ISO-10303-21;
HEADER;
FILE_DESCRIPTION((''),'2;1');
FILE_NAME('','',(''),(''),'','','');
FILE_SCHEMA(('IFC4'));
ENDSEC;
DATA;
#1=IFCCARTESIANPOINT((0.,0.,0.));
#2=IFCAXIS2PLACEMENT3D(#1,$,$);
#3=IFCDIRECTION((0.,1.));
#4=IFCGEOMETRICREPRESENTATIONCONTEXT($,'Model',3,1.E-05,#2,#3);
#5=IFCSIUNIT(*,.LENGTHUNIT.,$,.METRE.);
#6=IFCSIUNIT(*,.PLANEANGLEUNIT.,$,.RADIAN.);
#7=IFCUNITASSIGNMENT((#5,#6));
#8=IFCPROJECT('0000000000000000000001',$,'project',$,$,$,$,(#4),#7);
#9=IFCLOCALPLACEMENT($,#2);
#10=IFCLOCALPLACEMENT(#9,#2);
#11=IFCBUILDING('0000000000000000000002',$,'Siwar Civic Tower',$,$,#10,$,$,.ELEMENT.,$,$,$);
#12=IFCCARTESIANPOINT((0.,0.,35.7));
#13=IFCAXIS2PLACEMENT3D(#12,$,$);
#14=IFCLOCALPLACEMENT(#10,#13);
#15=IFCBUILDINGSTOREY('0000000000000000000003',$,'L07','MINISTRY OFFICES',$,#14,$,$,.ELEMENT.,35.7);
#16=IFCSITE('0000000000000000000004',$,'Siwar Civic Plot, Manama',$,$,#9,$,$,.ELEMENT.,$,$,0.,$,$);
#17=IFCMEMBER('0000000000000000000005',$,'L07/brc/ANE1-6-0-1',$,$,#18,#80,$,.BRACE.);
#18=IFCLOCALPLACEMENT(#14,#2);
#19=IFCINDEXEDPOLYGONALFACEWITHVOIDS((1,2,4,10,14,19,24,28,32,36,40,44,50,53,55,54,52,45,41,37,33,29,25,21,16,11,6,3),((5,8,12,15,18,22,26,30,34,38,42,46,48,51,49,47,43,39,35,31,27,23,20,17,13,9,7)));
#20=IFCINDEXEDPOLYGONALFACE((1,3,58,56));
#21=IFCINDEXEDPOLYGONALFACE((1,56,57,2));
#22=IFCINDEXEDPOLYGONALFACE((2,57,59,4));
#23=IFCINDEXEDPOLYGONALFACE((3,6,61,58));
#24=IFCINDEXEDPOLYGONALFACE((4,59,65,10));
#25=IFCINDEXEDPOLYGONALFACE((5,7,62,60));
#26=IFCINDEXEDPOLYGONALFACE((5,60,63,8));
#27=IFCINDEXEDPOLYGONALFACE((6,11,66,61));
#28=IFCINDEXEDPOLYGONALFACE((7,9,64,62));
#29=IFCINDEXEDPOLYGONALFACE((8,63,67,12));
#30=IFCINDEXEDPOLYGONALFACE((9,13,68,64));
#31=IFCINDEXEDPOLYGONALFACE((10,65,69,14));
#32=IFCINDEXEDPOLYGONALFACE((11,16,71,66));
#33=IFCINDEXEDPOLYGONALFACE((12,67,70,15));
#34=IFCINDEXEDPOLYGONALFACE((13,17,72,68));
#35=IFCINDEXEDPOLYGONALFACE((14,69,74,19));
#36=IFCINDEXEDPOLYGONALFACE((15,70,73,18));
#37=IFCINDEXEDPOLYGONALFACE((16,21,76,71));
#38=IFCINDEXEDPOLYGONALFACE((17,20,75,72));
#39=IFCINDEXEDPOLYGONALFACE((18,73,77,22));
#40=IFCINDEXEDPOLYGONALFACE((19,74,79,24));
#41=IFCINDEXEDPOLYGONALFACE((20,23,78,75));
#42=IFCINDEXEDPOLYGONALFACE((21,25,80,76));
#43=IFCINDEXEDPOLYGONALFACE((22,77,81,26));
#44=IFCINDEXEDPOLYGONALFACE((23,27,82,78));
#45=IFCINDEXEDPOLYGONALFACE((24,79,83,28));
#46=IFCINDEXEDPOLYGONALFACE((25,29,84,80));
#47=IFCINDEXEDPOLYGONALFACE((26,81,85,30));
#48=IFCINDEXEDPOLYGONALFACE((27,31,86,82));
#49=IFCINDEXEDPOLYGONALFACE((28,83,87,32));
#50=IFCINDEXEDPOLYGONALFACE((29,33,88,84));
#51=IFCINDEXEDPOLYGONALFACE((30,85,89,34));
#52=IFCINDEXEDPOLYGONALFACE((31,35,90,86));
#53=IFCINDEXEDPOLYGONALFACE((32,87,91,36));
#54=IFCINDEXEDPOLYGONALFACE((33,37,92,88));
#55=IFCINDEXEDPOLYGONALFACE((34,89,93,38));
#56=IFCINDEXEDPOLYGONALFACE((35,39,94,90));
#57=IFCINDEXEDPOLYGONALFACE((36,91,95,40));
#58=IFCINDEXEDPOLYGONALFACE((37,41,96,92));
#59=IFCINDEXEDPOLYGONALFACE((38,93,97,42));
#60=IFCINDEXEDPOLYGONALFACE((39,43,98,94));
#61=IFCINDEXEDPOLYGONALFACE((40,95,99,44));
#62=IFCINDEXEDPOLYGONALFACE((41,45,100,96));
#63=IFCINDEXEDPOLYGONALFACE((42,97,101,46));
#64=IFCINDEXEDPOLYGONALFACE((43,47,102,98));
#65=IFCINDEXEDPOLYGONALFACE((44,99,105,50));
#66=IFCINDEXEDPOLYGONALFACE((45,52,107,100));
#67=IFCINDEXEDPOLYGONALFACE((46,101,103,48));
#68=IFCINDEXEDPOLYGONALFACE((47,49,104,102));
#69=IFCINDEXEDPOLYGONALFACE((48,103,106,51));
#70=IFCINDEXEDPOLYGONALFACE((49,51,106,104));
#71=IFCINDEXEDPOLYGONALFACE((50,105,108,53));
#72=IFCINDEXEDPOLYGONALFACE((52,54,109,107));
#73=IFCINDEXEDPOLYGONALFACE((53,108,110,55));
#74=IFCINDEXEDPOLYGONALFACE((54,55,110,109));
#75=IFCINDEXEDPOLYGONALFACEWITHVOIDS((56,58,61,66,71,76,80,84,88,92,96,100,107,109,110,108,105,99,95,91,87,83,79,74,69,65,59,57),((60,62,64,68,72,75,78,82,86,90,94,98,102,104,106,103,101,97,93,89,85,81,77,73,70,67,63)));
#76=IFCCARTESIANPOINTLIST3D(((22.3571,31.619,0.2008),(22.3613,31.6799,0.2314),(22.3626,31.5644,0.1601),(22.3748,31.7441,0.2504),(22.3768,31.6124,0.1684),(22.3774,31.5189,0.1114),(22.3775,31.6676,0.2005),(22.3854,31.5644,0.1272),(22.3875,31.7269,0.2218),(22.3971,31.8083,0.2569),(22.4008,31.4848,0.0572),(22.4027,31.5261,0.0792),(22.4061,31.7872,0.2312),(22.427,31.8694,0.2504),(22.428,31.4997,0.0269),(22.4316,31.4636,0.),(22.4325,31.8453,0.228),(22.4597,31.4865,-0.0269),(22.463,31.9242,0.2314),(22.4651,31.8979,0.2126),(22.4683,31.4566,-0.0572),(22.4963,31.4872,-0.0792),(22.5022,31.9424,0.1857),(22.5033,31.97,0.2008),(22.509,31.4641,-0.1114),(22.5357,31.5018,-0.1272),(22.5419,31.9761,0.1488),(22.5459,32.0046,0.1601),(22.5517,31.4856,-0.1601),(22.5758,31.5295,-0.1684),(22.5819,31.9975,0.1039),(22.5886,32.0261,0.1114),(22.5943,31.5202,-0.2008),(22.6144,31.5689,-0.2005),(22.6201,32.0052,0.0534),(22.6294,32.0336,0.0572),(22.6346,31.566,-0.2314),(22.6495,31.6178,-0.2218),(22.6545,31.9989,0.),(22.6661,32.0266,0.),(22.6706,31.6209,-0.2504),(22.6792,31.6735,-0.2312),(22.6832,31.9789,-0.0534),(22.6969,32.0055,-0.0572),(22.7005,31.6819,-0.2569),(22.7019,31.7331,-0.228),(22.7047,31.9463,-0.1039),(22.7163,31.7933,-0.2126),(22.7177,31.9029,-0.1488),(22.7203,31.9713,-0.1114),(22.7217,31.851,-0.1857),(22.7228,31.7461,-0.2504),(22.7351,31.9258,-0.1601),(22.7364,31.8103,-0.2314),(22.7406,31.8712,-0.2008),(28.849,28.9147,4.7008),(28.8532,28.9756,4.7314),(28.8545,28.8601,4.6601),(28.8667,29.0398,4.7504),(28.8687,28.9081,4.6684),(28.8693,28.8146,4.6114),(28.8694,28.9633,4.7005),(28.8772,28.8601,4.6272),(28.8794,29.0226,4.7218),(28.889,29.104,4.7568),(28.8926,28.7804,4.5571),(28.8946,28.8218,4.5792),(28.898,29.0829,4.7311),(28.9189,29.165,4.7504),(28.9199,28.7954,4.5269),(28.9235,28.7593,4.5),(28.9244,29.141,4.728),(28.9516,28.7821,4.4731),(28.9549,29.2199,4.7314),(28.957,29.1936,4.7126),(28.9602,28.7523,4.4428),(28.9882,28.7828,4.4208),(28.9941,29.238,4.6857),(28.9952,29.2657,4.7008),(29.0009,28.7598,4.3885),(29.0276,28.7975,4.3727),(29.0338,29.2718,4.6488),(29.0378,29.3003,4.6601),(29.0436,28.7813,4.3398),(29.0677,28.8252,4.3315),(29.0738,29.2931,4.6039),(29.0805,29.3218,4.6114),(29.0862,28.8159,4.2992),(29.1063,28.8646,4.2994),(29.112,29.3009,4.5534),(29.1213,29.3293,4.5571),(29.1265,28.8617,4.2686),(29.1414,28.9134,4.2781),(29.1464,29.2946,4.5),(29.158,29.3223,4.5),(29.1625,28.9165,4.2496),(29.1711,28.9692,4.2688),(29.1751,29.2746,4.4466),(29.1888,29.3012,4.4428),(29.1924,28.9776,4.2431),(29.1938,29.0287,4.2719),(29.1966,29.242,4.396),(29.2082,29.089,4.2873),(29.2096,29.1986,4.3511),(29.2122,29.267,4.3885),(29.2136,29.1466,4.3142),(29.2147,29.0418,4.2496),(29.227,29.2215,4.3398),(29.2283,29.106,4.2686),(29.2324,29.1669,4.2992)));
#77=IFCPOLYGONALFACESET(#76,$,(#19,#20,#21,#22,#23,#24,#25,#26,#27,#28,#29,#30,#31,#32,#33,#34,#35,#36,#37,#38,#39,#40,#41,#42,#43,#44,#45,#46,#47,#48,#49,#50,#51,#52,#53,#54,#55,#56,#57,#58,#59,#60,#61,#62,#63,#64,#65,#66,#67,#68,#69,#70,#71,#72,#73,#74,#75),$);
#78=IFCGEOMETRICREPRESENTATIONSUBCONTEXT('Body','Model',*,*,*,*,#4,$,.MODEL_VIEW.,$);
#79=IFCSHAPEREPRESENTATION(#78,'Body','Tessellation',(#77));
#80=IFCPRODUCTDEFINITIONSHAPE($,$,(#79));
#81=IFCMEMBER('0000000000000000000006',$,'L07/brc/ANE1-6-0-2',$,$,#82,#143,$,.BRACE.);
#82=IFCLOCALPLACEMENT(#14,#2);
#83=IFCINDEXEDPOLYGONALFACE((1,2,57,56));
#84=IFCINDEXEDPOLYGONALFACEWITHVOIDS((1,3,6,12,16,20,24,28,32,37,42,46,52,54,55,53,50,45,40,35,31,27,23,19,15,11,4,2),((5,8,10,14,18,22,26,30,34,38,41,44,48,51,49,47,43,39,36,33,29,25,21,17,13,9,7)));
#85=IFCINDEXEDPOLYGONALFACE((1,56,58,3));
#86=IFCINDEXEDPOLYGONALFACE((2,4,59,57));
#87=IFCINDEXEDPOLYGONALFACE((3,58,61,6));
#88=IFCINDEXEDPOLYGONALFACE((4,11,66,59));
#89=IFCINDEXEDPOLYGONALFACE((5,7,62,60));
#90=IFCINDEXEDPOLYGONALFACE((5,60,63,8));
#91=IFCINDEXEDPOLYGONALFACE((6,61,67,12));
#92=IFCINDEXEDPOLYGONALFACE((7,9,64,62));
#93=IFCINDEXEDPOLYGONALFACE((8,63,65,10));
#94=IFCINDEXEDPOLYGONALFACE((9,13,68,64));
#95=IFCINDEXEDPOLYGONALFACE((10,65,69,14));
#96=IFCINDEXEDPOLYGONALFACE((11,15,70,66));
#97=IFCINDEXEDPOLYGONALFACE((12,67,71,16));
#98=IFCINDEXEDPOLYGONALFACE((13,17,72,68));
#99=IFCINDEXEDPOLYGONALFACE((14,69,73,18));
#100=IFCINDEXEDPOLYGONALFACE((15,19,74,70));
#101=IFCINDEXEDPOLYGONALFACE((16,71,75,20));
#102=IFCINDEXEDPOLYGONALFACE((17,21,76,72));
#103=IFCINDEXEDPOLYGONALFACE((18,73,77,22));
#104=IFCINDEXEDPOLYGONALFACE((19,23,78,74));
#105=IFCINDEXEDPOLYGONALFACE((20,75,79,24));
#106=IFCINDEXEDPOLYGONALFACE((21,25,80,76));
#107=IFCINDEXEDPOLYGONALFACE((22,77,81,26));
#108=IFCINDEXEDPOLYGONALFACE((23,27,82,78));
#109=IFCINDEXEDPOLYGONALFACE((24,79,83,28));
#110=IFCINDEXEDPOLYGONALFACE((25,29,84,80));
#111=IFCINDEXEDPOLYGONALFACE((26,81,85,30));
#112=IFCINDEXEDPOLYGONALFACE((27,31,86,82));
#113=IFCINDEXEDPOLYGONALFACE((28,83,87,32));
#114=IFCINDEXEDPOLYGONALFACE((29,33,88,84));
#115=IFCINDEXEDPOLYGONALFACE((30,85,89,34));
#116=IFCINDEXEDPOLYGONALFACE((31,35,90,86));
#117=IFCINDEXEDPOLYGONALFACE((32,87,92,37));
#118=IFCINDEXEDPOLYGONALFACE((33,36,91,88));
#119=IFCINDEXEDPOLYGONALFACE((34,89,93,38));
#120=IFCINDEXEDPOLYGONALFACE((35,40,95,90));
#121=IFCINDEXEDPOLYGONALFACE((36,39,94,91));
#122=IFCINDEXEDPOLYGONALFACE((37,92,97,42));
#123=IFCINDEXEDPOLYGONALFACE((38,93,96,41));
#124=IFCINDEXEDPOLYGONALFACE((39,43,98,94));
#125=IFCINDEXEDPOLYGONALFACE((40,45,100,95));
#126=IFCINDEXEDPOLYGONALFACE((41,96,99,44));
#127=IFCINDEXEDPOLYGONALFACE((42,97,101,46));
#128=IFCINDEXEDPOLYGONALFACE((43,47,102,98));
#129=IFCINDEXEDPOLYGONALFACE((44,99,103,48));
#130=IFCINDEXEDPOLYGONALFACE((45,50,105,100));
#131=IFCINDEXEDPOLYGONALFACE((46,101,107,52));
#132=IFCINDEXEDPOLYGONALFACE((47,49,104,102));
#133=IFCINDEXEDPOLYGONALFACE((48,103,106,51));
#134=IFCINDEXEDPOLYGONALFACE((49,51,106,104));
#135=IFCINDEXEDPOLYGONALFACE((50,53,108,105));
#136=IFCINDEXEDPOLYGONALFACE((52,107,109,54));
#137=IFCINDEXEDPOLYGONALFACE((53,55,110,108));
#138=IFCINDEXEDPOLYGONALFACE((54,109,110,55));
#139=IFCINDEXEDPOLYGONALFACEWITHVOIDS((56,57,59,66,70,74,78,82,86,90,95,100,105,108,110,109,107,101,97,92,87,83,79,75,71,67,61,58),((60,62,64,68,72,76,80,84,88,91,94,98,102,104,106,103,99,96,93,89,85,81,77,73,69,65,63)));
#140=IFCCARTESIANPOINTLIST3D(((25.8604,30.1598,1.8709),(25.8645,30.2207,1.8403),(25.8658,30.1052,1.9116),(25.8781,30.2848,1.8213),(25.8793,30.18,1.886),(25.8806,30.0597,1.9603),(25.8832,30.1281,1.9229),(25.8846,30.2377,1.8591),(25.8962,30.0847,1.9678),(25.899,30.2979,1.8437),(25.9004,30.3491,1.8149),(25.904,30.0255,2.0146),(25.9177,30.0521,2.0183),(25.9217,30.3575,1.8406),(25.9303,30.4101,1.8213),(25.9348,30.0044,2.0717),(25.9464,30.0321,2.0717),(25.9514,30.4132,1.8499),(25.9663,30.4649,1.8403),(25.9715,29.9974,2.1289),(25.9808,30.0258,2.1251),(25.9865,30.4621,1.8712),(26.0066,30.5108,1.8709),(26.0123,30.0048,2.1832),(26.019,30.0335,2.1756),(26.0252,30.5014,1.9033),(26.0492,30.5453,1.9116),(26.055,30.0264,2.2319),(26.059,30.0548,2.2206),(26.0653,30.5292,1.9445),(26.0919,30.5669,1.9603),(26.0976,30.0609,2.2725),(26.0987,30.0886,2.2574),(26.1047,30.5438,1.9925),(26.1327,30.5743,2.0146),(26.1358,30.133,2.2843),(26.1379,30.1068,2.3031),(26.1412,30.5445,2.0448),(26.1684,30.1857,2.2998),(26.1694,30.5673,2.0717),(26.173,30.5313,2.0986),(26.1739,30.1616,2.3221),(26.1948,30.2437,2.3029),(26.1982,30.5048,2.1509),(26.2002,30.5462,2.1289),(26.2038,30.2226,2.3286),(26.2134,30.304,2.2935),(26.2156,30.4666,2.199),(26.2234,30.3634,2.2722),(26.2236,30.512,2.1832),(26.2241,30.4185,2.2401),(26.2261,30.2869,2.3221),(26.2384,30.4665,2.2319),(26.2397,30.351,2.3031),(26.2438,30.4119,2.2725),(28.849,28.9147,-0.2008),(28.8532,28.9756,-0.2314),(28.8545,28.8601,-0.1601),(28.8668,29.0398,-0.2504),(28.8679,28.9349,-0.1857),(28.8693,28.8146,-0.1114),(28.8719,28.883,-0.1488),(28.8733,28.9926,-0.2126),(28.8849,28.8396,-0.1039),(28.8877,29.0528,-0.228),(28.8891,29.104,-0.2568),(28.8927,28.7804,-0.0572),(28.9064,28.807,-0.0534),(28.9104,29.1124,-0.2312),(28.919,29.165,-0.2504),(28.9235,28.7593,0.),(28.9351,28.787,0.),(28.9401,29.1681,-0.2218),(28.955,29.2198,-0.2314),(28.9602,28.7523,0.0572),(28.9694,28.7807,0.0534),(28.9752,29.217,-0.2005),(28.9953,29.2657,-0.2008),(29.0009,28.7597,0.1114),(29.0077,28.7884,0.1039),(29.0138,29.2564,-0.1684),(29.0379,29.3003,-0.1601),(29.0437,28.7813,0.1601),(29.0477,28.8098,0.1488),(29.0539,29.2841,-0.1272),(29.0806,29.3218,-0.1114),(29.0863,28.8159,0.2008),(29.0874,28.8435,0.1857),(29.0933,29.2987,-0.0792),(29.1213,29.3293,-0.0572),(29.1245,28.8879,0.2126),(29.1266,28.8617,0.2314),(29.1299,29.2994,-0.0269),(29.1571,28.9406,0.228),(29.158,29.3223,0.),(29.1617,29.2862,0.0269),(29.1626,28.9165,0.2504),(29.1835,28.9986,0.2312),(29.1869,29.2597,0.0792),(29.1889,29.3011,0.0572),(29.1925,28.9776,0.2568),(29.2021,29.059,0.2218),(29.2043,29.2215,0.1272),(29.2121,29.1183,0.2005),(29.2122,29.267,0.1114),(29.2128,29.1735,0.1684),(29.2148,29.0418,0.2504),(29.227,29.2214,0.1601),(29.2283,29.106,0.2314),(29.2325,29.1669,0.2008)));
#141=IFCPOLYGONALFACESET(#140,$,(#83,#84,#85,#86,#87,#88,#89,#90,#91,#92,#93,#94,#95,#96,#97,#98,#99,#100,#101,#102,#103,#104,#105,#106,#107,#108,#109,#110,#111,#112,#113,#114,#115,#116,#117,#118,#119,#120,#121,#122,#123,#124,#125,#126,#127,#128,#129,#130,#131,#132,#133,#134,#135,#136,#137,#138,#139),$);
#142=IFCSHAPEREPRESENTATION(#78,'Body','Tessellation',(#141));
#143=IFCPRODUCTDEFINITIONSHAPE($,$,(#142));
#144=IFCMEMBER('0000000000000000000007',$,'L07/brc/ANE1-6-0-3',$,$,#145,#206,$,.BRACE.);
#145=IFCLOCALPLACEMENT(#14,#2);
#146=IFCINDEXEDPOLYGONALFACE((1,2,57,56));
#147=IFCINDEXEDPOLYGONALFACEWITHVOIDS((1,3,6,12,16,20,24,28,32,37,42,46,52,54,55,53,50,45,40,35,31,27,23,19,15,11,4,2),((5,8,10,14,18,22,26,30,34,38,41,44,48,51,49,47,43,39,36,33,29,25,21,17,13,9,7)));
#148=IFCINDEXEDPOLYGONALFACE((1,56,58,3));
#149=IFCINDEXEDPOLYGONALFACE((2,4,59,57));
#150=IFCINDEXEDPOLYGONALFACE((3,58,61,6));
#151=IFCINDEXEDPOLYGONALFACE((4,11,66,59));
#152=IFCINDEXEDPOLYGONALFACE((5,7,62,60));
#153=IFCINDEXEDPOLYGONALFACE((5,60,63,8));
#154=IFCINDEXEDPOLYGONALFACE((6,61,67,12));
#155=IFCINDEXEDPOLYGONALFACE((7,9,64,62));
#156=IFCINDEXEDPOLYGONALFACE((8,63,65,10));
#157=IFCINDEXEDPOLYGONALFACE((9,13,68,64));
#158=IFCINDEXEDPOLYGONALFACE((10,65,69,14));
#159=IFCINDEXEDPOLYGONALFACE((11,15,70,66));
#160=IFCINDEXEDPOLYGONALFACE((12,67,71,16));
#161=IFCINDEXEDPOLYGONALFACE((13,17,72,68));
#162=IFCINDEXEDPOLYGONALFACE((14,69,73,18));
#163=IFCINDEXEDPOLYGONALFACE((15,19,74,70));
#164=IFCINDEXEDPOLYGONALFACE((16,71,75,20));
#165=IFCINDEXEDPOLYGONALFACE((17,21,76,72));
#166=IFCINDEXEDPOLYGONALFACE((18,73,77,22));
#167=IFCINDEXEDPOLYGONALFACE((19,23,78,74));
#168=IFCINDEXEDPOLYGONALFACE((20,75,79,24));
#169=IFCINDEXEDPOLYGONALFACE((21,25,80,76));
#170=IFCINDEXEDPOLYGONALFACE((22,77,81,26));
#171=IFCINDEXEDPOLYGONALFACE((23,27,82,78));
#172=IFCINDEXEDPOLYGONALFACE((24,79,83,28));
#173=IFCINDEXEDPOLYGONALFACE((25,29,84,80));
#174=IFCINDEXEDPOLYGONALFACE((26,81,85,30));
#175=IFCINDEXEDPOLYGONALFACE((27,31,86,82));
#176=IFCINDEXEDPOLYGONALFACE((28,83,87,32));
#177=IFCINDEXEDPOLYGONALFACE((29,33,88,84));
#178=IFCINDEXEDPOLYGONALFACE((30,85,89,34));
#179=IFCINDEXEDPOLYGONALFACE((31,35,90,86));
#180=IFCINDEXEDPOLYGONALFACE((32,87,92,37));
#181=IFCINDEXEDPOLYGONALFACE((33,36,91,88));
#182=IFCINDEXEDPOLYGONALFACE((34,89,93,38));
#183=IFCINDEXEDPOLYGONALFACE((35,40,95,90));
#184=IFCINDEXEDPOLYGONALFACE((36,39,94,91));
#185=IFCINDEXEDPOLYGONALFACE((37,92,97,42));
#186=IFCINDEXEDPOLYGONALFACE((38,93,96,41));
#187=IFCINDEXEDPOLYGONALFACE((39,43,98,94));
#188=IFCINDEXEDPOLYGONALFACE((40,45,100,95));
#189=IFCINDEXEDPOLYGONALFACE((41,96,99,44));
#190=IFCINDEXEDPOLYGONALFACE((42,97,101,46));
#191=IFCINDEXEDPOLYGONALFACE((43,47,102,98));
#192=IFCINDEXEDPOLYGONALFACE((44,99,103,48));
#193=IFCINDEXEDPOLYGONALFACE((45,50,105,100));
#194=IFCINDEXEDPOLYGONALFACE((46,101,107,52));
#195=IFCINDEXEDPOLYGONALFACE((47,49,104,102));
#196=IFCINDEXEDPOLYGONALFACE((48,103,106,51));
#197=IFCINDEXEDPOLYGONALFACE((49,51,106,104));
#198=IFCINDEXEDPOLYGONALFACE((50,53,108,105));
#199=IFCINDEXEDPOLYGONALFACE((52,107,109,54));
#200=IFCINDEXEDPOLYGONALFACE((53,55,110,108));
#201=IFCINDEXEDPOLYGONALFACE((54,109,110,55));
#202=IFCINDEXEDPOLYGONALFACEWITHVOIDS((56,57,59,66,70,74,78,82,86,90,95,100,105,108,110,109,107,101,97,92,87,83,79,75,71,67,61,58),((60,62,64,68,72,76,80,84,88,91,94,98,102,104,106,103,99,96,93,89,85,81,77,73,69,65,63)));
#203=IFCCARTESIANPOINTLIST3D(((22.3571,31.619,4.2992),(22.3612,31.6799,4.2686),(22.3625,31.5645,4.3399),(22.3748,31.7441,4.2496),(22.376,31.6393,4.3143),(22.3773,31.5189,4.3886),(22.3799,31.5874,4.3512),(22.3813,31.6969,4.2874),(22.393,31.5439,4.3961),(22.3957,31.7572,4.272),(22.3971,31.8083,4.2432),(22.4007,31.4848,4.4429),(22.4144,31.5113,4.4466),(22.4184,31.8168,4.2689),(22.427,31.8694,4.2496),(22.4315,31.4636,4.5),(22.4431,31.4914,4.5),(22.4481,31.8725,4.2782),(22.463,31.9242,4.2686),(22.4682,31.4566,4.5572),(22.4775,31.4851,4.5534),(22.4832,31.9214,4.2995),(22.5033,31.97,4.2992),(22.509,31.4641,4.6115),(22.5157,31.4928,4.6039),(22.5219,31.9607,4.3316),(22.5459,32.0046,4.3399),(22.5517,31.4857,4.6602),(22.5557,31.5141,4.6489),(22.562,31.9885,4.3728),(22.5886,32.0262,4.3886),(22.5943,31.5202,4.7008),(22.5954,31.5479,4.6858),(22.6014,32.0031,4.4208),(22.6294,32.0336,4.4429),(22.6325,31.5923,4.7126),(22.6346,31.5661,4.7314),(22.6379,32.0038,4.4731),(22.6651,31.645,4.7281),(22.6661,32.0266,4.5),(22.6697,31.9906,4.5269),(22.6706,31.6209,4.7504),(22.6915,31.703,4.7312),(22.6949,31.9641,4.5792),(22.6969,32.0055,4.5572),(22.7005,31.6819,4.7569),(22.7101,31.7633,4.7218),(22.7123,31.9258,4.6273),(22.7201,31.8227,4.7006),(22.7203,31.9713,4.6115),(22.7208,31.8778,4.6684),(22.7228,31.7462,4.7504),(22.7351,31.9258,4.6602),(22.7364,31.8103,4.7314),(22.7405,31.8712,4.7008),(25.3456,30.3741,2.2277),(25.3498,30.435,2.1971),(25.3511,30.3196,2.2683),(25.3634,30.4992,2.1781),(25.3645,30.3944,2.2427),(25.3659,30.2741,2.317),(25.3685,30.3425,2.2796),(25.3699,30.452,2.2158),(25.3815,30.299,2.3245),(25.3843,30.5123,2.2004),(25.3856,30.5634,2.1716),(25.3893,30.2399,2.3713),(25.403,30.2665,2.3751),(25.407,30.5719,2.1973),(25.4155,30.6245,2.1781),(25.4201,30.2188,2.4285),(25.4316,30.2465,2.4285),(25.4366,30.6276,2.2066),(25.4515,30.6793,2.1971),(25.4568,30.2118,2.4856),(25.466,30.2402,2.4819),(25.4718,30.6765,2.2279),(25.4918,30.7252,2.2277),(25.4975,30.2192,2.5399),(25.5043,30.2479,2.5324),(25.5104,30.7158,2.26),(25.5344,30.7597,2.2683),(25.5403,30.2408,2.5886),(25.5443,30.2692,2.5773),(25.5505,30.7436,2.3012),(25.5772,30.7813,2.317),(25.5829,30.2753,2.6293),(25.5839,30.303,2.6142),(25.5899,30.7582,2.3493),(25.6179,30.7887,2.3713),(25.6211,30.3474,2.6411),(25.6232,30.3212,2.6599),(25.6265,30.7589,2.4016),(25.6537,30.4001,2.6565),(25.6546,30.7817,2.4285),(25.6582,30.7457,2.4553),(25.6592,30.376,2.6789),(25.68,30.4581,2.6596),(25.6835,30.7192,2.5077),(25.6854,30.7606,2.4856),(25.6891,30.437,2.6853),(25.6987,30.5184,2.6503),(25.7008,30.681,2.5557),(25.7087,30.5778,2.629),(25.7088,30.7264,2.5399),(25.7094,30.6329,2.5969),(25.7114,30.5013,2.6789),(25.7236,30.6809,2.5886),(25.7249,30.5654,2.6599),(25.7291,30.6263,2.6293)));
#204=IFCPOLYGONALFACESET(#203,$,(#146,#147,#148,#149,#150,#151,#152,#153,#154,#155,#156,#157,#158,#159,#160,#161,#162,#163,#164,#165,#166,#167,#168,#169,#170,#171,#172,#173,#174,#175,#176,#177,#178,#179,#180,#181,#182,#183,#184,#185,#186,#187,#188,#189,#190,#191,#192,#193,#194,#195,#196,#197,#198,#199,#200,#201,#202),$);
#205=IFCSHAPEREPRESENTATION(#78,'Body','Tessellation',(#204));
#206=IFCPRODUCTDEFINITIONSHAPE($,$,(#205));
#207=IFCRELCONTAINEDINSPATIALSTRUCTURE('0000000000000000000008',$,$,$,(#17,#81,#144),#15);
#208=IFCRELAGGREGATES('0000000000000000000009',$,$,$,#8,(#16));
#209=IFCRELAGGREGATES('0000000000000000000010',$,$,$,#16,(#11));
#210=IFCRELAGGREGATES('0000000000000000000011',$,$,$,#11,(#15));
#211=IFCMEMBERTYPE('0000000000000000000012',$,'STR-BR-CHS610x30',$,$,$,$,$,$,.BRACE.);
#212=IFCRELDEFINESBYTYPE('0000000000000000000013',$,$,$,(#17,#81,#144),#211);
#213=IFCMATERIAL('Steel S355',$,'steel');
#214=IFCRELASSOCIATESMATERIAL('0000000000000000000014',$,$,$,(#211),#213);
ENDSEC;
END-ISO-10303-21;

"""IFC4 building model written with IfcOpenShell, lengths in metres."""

from ifc_helpers import new_model, si_unit, direction, frame, origin, origin_2d, place, context, subcontext, project, spatial, hollow_circle, extrude, material, material_profile, profile_set, type_object, element, save


model = new_model("IFC4")

# Units and contexts
model_context = context("Model", 3, precision=1e-05, world=origin(), true_north=direction((0.0, 1.0)))
body_context = subcontext(model_context, "Body", "Model", "MODEL_VIEW")
ifc_project = project(units=[si_unit("LENGTHUNIT", "METRE"), si_unit("PLANEANGLEUNIT", "RADIAN")], contexts=[model_context])

# Site, building, storey
site_placement = place(None, origin())
site = spatial("IfcSite", under=ifc_project, at=site_placement, Name="Siwar Civic Plot, Manama", CompositionType="ELEMENT", RefElevation=0.0)
building_placement = place(site_placement, origin())
building = spatial("IfcBuilding", under=site, at=building_placement, Name="Siwar Civic Tower", CompositionType="ELEMENT")
storey_placement = place(building_placement, frame((0.0, 0.0, 35.7)))
storey = spatial("IfcBuildingStorey", under=building, at=storey_placement, Name="L07", Description="MINISTRY OFFICES", CompositionType="ELEMENT", Elevation=35.7)

# Members
ifc_material_1 = material(Name="Steel S355", Category="steel")
ifc_material_profile_1 = material_profile(ifc_material_1, hollow_circle(Radius=0.3049, WallThickness=0.03, at=origin_2d()), Name="CHS610x30")
ifc_profile_set_1 = profile_set([ifc_material_profile_1], Name="Steel S355")
member_type_1 = type_object("IfcMemberType", Name="STR-BR-CHS610x30", PredefinedType="BRACE", material=ifc_profile_set_1)
member_1_placement = place(storey_placement, frame((22.5488, 31.7451, 0.0), z_axis=(0.777555, -0.323906, 0.538975), x_axis=(0.384539, 0.923109, 0.0)))
element("IfcMember", 1, at=member_1_placement, inside=storey, type_object=member_type_1, Name="L07/brc/ANE1-6-0-1", PredefinedType="BRACE", context=body_context, shape_type="SweptSolid", body=[
    extrude(hollow_circle(Radius=0.3049, WallThickness=0.03, at=origin_2d()), origin(), (0.0, 0.0, 1.0), 8.3491),
])
member_2_placement = place(storey_placement, frame((29.0408, 29.0408, 0.0), z_axis=(-0.777542, 0.323923, 0.538982), x_axis=(-0.384562, -0.923099, 0.0)))
element("IfcMember", 2, at=member_2_placement, inside=storey, type_object=member_type_1, Name="L07/brc/ANE1-6-0-2", PredefinedType="BRACE", context=body_context, shape_type="SweptSolid", body=[
    extrude(hollow_circle(Radius=0.3049, WallThickness=0.03, at=origin_2d()), origin(), (0.0, 0.0, 1.0), 3.8438),
])
member_3_placement = place(storey_placement, frame((25.5374, 30.5002, 2.4285), z_axis=(-0.77756, 0.323893, 0.538975), x_axis=(-0.384524, -0.923115, 0.0)))
element("IfcMember", 3, at=member_3_placement, inside=storey, type_object=member_type_1, Name="L07/brc/ANE1-6-0-3", PredefinedType="BRACE", context=body_context, shape_type="SweptSolid", body=[
    extrude(hollow_circle(Radius=0.3049, WallThickness=0.03, at=origin_2d()), origin(), (0.0, 0.0, 1.0), 3.8435),
])

save(model, "model.ifc")
